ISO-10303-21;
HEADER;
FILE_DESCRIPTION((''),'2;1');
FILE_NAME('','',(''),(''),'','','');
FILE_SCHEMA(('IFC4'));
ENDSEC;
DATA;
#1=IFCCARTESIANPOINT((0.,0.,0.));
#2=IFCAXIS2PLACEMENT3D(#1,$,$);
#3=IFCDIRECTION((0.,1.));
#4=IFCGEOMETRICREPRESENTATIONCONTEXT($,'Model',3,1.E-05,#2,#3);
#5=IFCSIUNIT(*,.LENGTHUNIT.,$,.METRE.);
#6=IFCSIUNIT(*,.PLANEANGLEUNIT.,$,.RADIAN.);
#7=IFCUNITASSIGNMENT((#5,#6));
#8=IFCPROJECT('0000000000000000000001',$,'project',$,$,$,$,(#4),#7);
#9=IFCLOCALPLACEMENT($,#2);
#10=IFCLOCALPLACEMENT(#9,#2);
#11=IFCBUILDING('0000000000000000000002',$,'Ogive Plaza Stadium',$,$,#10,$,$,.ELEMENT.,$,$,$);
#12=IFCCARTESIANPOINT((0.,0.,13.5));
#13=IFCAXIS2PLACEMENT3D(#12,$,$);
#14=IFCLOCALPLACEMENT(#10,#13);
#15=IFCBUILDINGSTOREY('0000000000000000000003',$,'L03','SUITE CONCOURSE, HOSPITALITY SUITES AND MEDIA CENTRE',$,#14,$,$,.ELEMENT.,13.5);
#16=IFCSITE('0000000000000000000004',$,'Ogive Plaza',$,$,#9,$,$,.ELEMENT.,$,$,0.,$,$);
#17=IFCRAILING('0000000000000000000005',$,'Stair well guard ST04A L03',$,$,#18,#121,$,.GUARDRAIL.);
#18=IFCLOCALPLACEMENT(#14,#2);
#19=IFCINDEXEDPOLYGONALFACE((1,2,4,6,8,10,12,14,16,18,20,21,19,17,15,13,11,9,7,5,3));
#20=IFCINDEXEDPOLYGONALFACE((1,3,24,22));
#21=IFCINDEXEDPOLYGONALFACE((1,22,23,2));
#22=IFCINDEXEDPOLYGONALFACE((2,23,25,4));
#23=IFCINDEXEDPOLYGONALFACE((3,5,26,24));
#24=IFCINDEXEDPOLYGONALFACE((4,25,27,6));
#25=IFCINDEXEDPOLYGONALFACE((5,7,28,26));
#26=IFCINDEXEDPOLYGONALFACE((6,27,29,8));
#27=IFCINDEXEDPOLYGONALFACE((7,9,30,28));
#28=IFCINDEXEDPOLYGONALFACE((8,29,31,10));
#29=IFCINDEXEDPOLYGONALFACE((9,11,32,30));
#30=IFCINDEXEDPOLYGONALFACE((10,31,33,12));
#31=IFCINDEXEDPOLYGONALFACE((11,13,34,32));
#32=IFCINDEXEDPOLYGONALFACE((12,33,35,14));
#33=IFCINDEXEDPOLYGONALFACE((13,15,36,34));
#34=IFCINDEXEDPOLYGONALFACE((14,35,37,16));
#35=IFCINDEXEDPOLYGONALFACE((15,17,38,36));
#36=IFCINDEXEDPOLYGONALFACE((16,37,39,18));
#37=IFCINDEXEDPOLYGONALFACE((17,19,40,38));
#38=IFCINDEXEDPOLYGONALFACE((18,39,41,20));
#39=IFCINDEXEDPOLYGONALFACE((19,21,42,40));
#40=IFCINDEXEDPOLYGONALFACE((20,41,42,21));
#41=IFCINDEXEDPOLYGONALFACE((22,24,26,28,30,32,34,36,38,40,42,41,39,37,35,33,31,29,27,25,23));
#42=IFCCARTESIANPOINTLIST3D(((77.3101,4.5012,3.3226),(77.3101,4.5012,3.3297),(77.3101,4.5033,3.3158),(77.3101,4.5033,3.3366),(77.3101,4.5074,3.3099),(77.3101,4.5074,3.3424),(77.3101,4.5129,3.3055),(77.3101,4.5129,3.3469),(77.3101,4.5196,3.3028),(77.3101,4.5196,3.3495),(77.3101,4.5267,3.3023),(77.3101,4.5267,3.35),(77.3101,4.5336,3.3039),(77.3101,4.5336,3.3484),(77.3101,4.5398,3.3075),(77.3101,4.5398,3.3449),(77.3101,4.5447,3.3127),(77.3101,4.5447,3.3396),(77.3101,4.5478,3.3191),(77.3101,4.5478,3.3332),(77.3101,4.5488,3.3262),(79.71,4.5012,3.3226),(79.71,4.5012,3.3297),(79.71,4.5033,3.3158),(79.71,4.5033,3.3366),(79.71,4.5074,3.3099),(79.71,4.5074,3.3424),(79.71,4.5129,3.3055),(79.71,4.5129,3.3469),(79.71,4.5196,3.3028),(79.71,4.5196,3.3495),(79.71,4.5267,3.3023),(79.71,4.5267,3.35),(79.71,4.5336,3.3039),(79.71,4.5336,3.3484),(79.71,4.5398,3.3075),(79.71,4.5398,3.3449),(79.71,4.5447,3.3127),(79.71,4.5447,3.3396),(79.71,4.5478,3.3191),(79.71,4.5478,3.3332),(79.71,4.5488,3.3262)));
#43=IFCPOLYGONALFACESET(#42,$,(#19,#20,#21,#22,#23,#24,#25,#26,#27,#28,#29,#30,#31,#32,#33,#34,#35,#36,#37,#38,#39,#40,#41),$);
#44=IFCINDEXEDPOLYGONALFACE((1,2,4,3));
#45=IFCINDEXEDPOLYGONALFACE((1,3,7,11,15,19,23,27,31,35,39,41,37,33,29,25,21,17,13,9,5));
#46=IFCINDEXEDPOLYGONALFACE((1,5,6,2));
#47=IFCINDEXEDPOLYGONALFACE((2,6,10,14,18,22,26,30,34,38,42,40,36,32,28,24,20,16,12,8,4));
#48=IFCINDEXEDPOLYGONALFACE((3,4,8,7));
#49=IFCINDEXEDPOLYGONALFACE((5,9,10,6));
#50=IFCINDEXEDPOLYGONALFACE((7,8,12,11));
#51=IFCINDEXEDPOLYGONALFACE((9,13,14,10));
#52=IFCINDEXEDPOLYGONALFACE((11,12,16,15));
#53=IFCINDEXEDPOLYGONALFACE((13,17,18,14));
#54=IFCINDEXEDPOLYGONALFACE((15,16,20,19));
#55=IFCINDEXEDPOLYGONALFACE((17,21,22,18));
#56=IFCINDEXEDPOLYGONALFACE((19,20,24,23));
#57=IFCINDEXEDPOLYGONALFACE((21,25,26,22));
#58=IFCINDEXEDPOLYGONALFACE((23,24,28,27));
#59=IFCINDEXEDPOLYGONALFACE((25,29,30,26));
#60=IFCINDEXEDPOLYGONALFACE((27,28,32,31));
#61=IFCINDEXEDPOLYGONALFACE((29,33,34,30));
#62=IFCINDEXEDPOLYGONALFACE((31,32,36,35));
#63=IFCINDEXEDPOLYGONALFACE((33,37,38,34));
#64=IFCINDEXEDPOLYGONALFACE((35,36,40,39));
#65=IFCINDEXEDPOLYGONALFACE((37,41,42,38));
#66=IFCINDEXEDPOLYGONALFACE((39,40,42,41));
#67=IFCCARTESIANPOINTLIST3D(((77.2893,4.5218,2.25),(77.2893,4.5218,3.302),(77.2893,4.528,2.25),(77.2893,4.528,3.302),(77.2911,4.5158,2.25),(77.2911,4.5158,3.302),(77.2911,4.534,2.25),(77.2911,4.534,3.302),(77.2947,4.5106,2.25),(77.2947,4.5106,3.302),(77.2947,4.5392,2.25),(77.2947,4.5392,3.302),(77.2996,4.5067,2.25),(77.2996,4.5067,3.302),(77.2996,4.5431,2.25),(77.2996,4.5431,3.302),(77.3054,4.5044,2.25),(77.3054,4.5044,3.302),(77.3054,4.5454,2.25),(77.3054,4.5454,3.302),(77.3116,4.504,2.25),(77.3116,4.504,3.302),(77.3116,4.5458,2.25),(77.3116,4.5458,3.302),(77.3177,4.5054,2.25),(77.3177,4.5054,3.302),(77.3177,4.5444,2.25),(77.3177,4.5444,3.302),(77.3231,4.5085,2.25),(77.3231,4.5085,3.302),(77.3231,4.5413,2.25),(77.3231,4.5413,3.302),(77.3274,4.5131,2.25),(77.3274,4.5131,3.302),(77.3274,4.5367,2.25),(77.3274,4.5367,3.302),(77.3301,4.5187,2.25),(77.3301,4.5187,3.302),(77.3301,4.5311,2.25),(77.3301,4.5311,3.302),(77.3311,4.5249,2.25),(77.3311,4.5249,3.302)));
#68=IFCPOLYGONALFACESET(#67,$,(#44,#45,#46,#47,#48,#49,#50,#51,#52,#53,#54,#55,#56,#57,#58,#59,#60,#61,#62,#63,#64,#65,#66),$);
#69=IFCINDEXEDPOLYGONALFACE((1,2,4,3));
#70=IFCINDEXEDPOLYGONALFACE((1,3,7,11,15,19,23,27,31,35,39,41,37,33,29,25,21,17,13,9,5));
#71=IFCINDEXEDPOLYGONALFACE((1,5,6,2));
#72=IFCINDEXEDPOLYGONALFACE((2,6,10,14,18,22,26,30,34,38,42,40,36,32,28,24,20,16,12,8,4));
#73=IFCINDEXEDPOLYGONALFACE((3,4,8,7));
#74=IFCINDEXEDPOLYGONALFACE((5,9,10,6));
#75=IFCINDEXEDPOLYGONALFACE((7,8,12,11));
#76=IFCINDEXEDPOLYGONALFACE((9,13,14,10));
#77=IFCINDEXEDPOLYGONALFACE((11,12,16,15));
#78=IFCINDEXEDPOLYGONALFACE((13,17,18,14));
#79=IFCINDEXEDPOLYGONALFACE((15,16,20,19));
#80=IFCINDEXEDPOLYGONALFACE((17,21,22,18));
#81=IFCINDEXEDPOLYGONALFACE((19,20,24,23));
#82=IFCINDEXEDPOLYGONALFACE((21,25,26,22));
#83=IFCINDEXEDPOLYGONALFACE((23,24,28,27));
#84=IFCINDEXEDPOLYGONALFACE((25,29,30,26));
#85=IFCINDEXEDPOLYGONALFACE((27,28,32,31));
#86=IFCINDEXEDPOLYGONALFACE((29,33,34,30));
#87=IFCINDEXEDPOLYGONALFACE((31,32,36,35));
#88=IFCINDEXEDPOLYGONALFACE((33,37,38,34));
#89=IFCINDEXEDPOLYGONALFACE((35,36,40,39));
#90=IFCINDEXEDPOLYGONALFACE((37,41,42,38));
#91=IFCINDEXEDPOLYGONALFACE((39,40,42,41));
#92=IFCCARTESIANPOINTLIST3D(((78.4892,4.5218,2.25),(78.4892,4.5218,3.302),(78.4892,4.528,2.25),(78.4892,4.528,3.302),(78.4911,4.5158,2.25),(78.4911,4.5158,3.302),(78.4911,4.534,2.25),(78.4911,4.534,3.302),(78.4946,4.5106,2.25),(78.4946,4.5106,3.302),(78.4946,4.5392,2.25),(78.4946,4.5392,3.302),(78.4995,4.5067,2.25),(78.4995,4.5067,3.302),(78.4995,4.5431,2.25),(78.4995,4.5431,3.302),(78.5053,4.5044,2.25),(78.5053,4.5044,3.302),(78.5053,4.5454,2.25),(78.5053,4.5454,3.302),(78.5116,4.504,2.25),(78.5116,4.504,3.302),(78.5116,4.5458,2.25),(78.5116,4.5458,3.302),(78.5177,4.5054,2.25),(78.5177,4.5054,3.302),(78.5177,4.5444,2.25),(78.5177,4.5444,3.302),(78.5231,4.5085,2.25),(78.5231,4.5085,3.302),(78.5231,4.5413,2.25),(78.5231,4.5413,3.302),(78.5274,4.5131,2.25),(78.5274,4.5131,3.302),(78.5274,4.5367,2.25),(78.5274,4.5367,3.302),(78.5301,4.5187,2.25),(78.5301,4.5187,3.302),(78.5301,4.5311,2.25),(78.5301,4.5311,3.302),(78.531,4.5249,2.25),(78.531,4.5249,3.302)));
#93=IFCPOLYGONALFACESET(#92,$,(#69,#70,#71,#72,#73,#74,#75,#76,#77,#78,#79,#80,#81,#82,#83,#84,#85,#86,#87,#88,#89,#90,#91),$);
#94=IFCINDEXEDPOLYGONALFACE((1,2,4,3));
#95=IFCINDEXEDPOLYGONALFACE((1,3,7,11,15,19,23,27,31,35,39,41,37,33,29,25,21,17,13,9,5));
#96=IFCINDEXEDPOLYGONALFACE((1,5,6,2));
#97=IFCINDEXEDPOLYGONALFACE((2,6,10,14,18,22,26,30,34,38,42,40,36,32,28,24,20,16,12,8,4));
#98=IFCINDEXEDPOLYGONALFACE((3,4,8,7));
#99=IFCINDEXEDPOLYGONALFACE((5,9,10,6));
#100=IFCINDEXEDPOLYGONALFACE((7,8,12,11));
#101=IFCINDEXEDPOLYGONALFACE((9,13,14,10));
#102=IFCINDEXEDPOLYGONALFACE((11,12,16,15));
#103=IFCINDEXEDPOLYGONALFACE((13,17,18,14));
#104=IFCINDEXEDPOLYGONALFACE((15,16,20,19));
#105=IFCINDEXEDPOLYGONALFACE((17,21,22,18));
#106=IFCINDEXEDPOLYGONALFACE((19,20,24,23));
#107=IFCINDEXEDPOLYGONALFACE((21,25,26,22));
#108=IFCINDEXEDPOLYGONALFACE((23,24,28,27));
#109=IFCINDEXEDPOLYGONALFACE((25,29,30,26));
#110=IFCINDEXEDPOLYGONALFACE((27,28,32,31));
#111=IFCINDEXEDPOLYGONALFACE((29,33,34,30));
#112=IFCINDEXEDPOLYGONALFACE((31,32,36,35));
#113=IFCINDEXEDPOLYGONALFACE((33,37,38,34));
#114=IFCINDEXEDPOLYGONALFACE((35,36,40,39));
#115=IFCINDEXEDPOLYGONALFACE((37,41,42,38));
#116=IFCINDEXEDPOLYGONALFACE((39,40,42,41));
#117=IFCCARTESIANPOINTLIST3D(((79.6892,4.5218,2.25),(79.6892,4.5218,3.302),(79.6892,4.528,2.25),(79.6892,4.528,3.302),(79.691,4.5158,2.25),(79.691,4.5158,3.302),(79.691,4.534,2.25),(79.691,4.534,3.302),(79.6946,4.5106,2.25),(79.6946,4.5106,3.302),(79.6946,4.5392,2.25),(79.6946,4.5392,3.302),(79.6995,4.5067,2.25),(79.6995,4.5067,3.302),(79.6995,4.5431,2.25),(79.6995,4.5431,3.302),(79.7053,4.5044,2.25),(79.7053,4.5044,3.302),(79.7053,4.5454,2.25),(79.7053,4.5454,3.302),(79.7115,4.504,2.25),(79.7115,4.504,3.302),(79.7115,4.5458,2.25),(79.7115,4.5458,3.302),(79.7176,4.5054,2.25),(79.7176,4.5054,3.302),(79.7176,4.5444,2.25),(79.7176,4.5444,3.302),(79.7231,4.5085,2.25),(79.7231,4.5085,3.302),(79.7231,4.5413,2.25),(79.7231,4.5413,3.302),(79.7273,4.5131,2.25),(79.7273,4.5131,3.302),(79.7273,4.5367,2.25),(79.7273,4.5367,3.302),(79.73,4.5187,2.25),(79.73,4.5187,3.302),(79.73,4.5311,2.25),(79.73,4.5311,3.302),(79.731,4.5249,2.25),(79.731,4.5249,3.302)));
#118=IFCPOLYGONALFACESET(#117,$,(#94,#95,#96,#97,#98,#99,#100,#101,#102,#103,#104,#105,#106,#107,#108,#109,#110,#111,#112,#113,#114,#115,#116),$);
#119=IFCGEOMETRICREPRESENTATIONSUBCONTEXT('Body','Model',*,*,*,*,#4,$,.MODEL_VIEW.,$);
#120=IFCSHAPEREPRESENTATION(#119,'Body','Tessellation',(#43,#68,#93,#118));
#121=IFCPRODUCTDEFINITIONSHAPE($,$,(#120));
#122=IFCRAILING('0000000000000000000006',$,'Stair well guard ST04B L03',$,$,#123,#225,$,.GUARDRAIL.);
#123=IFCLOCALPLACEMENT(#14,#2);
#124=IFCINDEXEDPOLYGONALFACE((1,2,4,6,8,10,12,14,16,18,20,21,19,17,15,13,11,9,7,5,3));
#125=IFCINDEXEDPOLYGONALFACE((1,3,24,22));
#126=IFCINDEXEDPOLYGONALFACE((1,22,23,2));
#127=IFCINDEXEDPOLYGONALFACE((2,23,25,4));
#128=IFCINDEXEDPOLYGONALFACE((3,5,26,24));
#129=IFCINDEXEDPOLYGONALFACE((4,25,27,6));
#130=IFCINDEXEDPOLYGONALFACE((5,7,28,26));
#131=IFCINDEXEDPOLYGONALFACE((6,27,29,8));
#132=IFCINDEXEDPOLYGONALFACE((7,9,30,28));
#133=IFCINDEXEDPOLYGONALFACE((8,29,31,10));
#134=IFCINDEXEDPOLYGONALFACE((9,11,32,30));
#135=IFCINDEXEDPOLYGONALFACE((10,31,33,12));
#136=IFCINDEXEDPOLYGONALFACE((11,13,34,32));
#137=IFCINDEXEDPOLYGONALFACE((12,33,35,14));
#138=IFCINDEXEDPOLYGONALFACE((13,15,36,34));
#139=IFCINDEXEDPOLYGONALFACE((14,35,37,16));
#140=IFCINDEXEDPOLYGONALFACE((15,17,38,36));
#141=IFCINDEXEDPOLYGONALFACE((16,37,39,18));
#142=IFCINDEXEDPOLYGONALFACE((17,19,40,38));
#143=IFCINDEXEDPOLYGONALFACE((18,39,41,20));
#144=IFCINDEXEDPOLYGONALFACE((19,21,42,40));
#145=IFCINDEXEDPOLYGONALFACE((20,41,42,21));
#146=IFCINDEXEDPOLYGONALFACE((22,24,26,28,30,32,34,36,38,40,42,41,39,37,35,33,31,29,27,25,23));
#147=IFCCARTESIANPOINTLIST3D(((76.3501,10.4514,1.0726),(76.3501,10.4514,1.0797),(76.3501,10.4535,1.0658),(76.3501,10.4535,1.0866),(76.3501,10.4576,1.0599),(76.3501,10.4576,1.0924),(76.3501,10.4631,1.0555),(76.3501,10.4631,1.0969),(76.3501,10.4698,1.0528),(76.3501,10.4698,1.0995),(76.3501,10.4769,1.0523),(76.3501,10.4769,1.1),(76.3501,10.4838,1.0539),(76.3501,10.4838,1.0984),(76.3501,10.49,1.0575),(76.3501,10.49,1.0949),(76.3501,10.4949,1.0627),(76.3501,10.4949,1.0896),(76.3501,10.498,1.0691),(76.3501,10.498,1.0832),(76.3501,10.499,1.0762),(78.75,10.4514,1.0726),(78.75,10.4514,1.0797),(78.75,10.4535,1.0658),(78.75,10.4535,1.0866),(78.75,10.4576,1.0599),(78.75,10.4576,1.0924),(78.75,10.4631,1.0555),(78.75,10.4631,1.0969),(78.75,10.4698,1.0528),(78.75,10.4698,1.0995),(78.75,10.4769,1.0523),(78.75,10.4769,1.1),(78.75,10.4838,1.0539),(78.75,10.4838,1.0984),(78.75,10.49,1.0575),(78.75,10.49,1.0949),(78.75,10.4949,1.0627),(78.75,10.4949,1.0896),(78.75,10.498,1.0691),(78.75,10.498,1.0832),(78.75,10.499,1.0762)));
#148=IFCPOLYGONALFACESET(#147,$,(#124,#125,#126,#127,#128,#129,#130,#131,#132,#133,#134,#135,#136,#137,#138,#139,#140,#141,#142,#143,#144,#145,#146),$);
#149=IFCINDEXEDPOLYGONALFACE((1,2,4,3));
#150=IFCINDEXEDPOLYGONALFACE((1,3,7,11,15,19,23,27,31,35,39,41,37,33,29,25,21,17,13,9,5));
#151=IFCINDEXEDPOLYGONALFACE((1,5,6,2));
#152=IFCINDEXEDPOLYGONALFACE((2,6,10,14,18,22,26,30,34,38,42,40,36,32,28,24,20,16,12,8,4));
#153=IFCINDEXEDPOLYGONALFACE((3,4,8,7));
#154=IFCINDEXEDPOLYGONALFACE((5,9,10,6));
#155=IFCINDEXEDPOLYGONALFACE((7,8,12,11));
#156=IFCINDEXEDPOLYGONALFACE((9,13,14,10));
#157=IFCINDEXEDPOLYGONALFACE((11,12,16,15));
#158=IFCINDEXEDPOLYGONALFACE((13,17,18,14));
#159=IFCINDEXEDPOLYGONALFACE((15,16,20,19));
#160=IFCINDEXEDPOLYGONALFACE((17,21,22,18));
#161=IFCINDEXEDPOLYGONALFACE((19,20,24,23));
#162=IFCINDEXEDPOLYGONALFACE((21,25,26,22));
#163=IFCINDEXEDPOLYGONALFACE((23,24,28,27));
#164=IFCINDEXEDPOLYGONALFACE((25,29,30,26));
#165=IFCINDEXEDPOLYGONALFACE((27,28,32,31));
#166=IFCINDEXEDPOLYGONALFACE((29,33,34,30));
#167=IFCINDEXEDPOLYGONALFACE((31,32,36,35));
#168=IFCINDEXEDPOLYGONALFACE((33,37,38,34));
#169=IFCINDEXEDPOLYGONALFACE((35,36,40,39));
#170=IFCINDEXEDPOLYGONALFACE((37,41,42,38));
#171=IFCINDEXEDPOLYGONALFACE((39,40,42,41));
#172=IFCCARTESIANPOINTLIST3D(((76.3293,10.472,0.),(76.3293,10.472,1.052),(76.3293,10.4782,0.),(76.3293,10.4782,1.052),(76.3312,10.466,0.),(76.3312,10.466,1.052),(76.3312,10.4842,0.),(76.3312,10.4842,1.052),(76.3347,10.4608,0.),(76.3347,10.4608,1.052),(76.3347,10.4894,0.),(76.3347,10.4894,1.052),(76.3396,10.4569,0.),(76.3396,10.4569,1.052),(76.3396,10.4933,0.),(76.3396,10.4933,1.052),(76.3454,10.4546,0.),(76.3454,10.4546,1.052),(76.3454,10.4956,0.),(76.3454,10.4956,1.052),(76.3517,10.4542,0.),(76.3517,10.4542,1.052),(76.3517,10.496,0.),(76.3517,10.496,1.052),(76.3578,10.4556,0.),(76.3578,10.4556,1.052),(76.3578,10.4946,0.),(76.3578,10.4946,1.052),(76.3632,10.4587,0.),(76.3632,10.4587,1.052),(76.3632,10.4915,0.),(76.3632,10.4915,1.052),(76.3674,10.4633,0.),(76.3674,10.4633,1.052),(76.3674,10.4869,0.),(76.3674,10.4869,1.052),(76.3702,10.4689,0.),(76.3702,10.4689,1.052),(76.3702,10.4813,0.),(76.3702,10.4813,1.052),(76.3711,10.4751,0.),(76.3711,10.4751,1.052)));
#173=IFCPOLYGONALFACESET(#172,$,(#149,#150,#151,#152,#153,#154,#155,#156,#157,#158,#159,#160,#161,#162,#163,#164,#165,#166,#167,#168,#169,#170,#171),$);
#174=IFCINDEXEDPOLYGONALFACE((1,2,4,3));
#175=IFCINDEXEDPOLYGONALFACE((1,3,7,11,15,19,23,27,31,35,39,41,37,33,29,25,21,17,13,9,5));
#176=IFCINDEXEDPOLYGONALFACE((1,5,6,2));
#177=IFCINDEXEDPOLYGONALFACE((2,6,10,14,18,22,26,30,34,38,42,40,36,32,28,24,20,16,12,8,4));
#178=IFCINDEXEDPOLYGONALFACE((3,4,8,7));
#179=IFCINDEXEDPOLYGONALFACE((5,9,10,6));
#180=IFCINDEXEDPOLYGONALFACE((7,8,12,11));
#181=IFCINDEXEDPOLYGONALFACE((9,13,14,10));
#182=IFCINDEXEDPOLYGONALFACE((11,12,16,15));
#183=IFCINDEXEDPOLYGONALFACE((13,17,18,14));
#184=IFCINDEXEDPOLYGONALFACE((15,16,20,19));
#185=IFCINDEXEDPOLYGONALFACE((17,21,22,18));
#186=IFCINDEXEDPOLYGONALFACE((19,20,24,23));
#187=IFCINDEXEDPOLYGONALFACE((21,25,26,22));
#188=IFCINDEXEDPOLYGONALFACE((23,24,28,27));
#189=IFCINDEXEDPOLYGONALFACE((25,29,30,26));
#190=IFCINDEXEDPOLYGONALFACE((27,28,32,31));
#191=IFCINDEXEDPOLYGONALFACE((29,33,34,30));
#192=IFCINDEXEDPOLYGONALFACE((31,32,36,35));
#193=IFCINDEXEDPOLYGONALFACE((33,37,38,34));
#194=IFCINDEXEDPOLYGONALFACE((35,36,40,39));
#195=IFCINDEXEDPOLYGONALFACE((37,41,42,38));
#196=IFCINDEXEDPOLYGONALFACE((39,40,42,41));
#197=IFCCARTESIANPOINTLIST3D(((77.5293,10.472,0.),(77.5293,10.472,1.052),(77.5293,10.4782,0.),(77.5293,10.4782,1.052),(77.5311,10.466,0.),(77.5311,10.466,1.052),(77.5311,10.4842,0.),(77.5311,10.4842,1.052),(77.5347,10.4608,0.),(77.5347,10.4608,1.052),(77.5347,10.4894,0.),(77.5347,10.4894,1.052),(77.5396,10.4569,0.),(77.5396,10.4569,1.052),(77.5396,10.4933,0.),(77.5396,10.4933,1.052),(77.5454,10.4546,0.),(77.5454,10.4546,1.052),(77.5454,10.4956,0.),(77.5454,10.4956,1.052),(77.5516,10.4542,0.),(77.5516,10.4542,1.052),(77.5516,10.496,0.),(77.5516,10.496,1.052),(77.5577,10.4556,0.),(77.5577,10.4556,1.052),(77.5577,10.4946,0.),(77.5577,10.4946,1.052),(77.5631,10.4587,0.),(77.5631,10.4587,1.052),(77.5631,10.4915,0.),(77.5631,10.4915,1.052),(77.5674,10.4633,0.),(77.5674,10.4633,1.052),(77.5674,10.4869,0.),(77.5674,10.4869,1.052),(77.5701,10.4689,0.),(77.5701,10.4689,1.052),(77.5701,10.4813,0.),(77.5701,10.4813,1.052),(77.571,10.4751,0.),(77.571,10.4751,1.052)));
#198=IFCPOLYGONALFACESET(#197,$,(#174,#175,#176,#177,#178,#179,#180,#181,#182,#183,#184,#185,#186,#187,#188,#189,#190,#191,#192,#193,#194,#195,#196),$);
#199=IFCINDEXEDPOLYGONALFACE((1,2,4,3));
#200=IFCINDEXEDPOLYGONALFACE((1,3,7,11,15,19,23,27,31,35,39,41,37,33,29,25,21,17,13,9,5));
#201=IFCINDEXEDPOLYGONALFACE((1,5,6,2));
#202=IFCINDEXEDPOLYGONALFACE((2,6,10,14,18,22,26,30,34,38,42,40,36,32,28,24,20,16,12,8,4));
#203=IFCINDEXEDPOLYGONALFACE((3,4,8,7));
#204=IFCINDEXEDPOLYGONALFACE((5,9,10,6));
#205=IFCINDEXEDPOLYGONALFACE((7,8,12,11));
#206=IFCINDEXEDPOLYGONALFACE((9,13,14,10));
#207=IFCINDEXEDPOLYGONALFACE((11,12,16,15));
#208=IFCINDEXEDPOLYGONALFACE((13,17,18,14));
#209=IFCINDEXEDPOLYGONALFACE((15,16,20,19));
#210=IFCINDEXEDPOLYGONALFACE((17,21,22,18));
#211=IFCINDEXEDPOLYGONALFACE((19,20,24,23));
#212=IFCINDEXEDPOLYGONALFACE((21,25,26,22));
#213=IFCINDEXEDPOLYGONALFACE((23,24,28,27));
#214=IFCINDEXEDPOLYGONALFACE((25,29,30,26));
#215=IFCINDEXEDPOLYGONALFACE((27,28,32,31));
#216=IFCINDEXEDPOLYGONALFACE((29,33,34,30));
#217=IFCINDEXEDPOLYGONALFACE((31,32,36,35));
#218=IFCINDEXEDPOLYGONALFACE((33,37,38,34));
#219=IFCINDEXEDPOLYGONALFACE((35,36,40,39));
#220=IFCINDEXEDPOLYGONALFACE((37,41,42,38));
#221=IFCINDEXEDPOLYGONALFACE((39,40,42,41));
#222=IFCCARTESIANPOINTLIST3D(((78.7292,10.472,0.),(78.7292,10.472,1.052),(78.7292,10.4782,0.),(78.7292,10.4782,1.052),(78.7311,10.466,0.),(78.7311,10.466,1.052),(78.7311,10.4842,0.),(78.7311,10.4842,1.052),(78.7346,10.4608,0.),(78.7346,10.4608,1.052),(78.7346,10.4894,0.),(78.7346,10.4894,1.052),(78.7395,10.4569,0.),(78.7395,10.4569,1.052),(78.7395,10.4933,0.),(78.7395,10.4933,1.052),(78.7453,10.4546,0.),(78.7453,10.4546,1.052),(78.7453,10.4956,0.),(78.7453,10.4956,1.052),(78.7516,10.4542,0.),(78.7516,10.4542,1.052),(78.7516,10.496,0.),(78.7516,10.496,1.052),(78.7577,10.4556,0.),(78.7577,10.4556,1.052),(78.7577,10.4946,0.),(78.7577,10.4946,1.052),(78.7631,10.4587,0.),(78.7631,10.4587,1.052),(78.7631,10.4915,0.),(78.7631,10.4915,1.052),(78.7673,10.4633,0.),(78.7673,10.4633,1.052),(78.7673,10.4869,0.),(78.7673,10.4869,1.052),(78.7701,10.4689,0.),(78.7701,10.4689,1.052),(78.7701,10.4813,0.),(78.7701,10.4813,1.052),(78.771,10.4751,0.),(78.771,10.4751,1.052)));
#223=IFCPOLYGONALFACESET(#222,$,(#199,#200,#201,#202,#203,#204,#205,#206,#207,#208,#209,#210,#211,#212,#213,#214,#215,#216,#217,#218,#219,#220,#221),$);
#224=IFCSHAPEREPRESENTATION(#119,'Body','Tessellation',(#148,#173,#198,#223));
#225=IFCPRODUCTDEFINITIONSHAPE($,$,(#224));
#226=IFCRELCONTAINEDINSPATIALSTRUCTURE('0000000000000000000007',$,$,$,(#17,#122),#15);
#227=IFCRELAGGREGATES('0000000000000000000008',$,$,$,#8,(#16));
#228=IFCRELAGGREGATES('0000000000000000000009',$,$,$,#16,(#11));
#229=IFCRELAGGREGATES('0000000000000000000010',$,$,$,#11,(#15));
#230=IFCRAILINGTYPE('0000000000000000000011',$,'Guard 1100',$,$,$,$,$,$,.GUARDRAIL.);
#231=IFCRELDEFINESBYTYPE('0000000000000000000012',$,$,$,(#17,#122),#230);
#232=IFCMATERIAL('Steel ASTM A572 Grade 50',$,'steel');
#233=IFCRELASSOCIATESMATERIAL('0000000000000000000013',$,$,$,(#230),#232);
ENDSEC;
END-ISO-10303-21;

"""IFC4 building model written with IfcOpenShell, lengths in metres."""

from ifc_helpers import new_model, si_unit, direction, frame, origin, origin_2d, place, context, subcontext, project, spatial, circle, extrude, material, type_object, element, save


model = new_model("IFC4")

# Units and contexts
model_context = context("Model", 3, precision=1e-05, world=origin(), true_north=direction((0.0, 1.0)))
body_context = subcontext(model_context, "Body", "Model", "MODEL_VIEW")
ifc_project = project(units=[si_unit("LENGTHUNIT", "METRE"), si_unit("PLANEANGLEUNIT", "RADIAN")], contexts=[model_context])

# Site, building, storey
site_placement = place(None, origin())
site = spatial("IfcSite", under=ifc_project, at=site_placement, Name="Ogive Plaza", CompositionType="ELEMENT", RefElevation=0.0)
building_placement = place(site_placement, origin())
building = spatial("IfcBuilding", under=site, at=building_placement, Name="Ogive Plaza Stadium", CompositionType="ELEMENT")
storey_placement = place(building_placement, frame((0.0, 0.0, 13.5)))
storey = spatial("IfcBuildingStorey", under=building, at=storey_placement, Name="L03", Description="SUITE CONCOURSE, HOSPITALITY SUITES AND MEDIA CENTRE", CompositionType="ELEMENT", Elevation=13.5)

# Railings
ifc_material_1 = material(Name="Steel ASTM A572 Grade 50", Category="steel")
railing_type_1 = type_object("IfcRailingType", Name="Guard 1100", PredefinedType="GUARDRAIL", material=ifc_material_1)
for number, where, name in (
    (1, (77.3101, 4.5249, 2.25), "Stair well guard ST04A L03"),
    (2, (76.3501, 10.4751, 0.0), "Stair well guard ST04B L03"),
):
    element("IfcRailing", number, at=place(storey_placement, frame(where)), inside=storey, type_object=railing_type_1, Name=name, PredefinedType="GUARDRAIL", context=body_context, shape_type="SweptSolid", body=[
        extrude(circle(Radius=0.0239, at=origin_2d()), frame((0.0, 0.0, 1.0762), z_axis=(1.0, 0.0, 0.0), x_axis=(0.0, 1.0, 0.0)), (0.0, 0.0, 1.0), 2.3999),
        extrude(circle(Radius=0.021, at=origin_2d()), origin(), (0.0, 0.0, 1.0), 1.052),
        extrude(circle(Radius=0.021, at=origin_2d()), frame((1.2, 0.0, 0.0)), (0.0, 0.0, 1.0), 1.052),
        extrude(circle(Radius=0.021, at=origin_2d()), frame((2.3999, 0.0, 0.0)), (0.0, 0.0, 1.0), 1.052),
    ])

save(model, "model.ifc")
